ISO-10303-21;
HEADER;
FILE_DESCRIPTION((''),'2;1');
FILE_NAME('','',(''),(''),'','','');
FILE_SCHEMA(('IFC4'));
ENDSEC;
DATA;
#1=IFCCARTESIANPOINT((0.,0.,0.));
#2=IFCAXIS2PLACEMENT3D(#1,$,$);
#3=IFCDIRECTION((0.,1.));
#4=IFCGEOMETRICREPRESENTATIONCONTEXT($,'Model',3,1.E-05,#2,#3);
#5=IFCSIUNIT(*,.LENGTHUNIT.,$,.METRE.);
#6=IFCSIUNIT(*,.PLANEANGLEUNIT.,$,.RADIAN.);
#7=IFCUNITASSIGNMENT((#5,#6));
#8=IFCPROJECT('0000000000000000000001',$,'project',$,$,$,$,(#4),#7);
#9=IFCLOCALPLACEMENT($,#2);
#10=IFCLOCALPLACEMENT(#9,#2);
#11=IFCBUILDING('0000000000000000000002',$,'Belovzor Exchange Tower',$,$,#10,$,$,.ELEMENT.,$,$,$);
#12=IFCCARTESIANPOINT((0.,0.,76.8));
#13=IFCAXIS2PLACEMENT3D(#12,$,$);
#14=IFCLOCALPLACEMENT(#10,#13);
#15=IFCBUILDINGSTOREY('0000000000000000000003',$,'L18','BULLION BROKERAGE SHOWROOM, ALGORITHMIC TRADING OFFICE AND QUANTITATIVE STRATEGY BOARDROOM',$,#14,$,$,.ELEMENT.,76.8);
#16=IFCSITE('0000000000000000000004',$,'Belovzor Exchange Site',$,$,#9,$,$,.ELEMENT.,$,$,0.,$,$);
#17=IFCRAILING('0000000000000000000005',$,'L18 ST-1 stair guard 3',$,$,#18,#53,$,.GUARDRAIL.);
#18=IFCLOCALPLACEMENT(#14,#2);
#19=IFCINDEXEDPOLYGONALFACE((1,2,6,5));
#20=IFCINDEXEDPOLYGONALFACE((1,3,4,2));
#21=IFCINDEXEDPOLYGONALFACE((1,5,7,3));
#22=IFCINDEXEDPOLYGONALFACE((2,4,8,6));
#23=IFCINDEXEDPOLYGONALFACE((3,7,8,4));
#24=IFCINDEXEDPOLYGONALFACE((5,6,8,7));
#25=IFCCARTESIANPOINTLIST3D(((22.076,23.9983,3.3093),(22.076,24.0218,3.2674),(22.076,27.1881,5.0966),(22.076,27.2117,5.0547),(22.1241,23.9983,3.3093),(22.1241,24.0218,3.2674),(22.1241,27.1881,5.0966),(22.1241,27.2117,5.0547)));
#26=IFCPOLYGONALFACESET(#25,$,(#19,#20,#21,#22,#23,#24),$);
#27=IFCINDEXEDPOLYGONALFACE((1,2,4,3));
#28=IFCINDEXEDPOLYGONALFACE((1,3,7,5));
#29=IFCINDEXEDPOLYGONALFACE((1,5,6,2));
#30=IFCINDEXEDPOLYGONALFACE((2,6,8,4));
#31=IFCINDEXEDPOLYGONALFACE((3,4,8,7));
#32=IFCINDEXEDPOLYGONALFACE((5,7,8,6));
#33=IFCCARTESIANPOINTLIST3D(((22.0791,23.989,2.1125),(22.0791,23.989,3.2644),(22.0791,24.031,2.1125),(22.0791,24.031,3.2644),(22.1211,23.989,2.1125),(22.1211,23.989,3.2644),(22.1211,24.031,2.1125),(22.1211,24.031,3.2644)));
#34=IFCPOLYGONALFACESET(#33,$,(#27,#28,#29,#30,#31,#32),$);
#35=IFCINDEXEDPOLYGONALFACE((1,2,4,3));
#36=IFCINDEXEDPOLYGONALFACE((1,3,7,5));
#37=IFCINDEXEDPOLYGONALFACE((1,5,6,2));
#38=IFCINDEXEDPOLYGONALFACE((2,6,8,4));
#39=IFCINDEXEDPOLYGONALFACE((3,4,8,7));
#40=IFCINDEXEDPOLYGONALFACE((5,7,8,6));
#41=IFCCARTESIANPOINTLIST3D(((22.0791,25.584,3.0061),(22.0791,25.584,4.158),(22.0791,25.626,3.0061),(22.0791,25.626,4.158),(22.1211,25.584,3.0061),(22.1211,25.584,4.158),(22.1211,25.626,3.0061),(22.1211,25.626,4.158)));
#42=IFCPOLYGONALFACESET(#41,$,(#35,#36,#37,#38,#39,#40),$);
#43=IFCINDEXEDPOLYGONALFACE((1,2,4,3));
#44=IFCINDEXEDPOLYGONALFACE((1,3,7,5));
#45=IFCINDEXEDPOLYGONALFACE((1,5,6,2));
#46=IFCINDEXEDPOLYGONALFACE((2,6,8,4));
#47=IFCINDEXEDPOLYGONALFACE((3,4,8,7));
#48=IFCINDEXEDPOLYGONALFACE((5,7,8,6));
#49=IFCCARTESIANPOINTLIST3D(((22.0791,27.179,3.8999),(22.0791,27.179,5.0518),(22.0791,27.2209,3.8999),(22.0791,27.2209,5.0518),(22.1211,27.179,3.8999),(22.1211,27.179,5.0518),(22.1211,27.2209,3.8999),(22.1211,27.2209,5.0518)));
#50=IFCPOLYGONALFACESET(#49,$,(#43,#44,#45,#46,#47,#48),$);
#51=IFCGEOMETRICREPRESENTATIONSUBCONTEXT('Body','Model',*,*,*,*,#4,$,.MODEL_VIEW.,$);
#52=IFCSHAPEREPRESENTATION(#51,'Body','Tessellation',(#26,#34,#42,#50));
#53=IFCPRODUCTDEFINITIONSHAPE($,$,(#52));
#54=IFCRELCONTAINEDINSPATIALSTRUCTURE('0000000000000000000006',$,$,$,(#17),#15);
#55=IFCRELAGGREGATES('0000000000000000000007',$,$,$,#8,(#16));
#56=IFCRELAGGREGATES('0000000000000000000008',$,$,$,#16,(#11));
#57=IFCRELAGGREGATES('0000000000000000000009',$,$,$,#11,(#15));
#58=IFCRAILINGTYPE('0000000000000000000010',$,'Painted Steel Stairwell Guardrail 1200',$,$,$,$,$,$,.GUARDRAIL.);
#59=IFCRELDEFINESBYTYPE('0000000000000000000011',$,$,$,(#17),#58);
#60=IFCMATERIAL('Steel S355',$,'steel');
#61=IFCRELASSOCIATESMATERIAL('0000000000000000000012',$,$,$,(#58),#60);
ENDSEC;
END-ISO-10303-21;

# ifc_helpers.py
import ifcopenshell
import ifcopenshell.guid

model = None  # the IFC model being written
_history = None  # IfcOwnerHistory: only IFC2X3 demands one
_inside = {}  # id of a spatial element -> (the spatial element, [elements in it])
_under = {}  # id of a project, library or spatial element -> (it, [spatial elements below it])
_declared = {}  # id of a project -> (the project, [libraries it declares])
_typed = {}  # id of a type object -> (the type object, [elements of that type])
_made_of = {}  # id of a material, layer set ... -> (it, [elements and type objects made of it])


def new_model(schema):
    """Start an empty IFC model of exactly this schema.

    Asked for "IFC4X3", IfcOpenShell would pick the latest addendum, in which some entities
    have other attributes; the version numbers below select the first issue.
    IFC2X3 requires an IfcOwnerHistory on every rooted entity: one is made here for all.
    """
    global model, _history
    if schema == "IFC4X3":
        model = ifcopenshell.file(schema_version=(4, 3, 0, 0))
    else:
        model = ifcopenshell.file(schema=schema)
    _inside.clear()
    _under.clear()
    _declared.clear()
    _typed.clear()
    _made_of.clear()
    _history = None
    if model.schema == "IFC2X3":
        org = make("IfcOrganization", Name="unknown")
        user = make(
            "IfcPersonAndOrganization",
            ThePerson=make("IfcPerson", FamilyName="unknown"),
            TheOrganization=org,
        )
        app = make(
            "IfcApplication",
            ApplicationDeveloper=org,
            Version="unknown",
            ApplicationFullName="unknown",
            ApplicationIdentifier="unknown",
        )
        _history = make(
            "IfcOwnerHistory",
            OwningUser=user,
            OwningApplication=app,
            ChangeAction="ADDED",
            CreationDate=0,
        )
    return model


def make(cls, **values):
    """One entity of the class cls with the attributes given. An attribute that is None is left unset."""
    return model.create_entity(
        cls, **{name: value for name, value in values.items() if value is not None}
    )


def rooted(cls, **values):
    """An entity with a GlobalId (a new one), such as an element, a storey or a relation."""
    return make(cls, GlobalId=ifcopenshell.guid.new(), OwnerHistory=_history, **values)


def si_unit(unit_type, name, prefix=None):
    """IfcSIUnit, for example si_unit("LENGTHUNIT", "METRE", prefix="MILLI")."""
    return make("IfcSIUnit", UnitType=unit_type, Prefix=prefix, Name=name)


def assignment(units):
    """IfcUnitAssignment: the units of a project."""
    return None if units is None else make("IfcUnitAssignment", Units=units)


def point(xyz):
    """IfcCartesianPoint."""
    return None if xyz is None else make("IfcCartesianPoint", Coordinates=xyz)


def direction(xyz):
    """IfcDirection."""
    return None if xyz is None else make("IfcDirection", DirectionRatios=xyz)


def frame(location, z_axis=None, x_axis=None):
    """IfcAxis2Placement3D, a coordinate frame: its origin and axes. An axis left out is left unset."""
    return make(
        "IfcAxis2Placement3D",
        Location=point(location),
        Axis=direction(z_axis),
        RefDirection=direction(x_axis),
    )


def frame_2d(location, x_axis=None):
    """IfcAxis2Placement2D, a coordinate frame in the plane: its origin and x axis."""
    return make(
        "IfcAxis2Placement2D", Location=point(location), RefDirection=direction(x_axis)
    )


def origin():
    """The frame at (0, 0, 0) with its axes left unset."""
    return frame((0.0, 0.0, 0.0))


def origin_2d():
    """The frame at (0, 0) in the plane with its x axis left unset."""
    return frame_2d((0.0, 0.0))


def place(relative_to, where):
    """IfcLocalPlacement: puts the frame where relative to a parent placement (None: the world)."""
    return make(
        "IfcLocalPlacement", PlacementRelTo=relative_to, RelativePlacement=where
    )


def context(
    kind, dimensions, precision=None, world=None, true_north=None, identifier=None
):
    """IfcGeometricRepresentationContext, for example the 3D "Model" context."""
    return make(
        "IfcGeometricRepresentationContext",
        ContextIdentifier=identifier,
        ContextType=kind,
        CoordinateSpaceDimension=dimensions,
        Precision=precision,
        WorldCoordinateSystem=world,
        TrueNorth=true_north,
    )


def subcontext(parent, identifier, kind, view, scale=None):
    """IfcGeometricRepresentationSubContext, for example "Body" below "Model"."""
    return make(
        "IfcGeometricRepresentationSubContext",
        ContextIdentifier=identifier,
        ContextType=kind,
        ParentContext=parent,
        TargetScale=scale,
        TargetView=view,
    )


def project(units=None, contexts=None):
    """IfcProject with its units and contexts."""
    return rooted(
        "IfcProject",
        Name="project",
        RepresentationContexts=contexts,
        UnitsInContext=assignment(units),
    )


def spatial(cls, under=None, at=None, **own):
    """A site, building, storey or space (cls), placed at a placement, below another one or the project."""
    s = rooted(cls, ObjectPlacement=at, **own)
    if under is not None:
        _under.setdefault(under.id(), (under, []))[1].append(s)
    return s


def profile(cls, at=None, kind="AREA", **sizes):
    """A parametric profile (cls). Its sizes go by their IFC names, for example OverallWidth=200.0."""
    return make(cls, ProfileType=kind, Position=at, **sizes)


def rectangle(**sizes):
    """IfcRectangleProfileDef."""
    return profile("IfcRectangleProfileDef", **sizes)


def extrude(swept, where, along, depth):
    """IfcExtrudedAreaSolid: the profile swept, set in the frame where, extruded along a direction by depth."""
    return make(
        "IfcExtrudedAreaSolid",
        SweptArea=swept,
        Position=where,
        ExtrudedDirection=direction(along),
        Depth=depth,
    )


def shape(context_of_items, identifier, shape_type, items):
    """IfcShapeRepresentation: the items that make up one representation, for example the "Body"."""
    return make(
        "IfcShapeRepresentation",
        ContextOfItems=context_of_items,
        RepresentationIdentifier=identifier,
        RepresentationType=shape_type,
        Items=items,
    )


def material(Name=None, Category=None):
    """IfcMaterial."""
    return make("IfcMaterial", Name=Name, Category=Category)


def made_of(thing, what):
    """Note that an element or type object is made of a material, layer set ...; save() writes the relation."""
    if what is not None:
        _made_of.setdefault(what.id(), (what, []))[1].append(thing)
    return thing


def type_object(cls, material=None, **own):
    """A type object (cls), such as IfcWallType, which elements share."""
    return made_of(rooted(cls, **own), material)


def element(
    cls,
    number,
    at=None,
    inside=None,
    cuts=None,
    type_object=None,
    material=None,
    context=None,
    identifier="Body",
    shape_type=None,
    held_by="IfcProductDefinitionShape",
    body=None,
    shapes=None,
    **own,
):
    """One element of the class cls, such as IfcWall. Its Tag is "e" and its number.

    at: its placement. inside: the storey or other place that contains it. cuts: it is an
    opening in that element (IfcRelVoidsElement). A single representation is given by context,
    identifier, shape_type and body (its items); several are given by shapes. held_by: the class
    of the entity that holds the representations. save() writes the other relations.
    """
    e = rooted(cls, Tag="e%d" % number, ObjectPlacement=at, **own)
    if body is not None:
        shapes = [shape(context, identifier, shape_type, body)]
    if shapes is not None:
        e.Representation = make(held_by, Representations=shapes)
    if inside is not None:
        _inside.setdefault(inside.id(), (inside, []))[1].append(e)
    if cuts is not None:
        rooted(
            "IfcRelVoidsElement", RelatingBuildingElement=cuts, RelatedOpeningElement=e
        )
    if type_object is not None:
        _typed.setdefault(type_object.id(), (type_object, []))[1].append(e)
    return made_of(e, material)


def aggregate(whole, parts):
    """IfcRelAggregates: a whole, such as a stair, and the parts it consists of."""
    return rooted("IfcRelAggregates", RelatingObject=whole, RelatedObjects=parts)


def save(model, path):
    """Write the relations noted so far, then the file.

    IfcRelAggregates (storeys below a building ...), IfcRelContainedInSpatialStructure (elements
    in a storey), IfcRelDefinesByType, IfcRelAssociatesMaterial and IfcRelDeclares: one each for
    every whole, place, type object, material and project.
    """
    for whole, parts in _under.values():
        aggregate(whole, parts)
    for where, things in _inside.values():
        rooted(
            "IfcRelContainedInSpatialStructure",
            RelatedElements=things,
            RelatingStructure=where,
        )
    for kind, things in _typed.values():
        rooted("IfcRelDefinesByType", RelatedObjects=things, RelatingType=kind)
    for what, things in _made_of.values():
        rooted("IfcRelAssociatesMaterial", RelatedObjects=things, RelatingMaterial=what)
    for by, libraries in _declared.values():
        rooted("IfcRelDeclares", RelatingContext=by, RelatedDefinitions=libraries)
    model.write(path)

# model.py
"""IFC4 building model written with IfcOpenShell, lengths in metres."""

from ifc_helpers import new_model, si_unit, direction, frame, origin, origin_2d, place, context, subcontext, project, spatial, rectangle, extrude, material, type_object, element, save


model = new_model("IFC4")

# Units and contexts
model_context = context("Model", 3, precision=1e-05, world=origin(), true_north=direction((0.0, 1.0)))
body_context = subcontext(model_context, "Body", "Model", "MODEL_VIEW")
ifc_project = project(units=[si_unit("LENGTHUNIT", "METRE"), si_unit("PLANEANGLEUNIT", "RADIAN")], contexts=[model_context])

# Site, building, storey
site_placement = place(None, origin())
site = spatial("IfcSite", under=ifc_project, at=site_placement, Name="Belovzor Exchange Site", CompositionType="ELEMENT", RefElevation=0.0)
building_placement = place(site_placement, origin())
building = spatial("IfcBuilding", under=site, at=building_placement, Name="Belovzor Exchange Tower", CompositionType="ELEMENT")
storey_placement = place(building_placement, frame((0.0, 0.0, 76.8)))
storey = spatial("IfcBuildingStorey", under=building, at=storey_placement, Name="L18", Description="BULLION BROKERAGE SHOWROOM, ALGORITHMIC TRADING OFFICE AND QUANTITATIVE STRATEGY BOARDROOM", CompositionType="ELEMENT", Elevation=76.8)

# Railing
ifc_material_1 = material(Name="Steel S355", Category="steel")
railing_type_1 = type_object("IfcRailingType", Name="Painted Steel Stairwell Guardrail 1200", PredefinedType="GUARDRAIL", material=ifc_material_1)
railing_1_placement = place(storey_placement, frame((22.1001, 24.01, 2.1125)))
element("IfcRailing", 1, at=railing_1_placement, inside=storey, type_object=railing_type_1, Name="L18 ST-1 stair guard 3", PredefinedType="GUARDRAIL", context=body_context, shape_type="SweptSolid", body=[
    extrude(rectangle(XDim=0.0481, YDim=0.0481, at=origin_2d()), frame((0.0, 0.0, 1.1758), z_axis=(0.0, 0.872391, 0.488809), x_axis=(-1.0, 0.0, 0.0)), (0.0, 0.0, 1.0), 3.6565),
    extrude(rectangle(XDim=0.042, YDim=0.042, at=origin_2d()), origin(), (0.0, 0.0, 1.0), 1.1519),
    extrude(rectangle(XDim=0.042, YDim=0.042, at=origin_2d()), frame((0.0, 1.595, 0.8936)), (0.0, 0.0, 1.0), 1.1519),
    extrude(rectangle(XDim=0.042, YDim=0.042, at=origin_2d()), frame((0.0, 3.1899, 1.7874)), (0.0, 0.0, 1.0), 1.1519),
])

save(model, "model.ifc")
